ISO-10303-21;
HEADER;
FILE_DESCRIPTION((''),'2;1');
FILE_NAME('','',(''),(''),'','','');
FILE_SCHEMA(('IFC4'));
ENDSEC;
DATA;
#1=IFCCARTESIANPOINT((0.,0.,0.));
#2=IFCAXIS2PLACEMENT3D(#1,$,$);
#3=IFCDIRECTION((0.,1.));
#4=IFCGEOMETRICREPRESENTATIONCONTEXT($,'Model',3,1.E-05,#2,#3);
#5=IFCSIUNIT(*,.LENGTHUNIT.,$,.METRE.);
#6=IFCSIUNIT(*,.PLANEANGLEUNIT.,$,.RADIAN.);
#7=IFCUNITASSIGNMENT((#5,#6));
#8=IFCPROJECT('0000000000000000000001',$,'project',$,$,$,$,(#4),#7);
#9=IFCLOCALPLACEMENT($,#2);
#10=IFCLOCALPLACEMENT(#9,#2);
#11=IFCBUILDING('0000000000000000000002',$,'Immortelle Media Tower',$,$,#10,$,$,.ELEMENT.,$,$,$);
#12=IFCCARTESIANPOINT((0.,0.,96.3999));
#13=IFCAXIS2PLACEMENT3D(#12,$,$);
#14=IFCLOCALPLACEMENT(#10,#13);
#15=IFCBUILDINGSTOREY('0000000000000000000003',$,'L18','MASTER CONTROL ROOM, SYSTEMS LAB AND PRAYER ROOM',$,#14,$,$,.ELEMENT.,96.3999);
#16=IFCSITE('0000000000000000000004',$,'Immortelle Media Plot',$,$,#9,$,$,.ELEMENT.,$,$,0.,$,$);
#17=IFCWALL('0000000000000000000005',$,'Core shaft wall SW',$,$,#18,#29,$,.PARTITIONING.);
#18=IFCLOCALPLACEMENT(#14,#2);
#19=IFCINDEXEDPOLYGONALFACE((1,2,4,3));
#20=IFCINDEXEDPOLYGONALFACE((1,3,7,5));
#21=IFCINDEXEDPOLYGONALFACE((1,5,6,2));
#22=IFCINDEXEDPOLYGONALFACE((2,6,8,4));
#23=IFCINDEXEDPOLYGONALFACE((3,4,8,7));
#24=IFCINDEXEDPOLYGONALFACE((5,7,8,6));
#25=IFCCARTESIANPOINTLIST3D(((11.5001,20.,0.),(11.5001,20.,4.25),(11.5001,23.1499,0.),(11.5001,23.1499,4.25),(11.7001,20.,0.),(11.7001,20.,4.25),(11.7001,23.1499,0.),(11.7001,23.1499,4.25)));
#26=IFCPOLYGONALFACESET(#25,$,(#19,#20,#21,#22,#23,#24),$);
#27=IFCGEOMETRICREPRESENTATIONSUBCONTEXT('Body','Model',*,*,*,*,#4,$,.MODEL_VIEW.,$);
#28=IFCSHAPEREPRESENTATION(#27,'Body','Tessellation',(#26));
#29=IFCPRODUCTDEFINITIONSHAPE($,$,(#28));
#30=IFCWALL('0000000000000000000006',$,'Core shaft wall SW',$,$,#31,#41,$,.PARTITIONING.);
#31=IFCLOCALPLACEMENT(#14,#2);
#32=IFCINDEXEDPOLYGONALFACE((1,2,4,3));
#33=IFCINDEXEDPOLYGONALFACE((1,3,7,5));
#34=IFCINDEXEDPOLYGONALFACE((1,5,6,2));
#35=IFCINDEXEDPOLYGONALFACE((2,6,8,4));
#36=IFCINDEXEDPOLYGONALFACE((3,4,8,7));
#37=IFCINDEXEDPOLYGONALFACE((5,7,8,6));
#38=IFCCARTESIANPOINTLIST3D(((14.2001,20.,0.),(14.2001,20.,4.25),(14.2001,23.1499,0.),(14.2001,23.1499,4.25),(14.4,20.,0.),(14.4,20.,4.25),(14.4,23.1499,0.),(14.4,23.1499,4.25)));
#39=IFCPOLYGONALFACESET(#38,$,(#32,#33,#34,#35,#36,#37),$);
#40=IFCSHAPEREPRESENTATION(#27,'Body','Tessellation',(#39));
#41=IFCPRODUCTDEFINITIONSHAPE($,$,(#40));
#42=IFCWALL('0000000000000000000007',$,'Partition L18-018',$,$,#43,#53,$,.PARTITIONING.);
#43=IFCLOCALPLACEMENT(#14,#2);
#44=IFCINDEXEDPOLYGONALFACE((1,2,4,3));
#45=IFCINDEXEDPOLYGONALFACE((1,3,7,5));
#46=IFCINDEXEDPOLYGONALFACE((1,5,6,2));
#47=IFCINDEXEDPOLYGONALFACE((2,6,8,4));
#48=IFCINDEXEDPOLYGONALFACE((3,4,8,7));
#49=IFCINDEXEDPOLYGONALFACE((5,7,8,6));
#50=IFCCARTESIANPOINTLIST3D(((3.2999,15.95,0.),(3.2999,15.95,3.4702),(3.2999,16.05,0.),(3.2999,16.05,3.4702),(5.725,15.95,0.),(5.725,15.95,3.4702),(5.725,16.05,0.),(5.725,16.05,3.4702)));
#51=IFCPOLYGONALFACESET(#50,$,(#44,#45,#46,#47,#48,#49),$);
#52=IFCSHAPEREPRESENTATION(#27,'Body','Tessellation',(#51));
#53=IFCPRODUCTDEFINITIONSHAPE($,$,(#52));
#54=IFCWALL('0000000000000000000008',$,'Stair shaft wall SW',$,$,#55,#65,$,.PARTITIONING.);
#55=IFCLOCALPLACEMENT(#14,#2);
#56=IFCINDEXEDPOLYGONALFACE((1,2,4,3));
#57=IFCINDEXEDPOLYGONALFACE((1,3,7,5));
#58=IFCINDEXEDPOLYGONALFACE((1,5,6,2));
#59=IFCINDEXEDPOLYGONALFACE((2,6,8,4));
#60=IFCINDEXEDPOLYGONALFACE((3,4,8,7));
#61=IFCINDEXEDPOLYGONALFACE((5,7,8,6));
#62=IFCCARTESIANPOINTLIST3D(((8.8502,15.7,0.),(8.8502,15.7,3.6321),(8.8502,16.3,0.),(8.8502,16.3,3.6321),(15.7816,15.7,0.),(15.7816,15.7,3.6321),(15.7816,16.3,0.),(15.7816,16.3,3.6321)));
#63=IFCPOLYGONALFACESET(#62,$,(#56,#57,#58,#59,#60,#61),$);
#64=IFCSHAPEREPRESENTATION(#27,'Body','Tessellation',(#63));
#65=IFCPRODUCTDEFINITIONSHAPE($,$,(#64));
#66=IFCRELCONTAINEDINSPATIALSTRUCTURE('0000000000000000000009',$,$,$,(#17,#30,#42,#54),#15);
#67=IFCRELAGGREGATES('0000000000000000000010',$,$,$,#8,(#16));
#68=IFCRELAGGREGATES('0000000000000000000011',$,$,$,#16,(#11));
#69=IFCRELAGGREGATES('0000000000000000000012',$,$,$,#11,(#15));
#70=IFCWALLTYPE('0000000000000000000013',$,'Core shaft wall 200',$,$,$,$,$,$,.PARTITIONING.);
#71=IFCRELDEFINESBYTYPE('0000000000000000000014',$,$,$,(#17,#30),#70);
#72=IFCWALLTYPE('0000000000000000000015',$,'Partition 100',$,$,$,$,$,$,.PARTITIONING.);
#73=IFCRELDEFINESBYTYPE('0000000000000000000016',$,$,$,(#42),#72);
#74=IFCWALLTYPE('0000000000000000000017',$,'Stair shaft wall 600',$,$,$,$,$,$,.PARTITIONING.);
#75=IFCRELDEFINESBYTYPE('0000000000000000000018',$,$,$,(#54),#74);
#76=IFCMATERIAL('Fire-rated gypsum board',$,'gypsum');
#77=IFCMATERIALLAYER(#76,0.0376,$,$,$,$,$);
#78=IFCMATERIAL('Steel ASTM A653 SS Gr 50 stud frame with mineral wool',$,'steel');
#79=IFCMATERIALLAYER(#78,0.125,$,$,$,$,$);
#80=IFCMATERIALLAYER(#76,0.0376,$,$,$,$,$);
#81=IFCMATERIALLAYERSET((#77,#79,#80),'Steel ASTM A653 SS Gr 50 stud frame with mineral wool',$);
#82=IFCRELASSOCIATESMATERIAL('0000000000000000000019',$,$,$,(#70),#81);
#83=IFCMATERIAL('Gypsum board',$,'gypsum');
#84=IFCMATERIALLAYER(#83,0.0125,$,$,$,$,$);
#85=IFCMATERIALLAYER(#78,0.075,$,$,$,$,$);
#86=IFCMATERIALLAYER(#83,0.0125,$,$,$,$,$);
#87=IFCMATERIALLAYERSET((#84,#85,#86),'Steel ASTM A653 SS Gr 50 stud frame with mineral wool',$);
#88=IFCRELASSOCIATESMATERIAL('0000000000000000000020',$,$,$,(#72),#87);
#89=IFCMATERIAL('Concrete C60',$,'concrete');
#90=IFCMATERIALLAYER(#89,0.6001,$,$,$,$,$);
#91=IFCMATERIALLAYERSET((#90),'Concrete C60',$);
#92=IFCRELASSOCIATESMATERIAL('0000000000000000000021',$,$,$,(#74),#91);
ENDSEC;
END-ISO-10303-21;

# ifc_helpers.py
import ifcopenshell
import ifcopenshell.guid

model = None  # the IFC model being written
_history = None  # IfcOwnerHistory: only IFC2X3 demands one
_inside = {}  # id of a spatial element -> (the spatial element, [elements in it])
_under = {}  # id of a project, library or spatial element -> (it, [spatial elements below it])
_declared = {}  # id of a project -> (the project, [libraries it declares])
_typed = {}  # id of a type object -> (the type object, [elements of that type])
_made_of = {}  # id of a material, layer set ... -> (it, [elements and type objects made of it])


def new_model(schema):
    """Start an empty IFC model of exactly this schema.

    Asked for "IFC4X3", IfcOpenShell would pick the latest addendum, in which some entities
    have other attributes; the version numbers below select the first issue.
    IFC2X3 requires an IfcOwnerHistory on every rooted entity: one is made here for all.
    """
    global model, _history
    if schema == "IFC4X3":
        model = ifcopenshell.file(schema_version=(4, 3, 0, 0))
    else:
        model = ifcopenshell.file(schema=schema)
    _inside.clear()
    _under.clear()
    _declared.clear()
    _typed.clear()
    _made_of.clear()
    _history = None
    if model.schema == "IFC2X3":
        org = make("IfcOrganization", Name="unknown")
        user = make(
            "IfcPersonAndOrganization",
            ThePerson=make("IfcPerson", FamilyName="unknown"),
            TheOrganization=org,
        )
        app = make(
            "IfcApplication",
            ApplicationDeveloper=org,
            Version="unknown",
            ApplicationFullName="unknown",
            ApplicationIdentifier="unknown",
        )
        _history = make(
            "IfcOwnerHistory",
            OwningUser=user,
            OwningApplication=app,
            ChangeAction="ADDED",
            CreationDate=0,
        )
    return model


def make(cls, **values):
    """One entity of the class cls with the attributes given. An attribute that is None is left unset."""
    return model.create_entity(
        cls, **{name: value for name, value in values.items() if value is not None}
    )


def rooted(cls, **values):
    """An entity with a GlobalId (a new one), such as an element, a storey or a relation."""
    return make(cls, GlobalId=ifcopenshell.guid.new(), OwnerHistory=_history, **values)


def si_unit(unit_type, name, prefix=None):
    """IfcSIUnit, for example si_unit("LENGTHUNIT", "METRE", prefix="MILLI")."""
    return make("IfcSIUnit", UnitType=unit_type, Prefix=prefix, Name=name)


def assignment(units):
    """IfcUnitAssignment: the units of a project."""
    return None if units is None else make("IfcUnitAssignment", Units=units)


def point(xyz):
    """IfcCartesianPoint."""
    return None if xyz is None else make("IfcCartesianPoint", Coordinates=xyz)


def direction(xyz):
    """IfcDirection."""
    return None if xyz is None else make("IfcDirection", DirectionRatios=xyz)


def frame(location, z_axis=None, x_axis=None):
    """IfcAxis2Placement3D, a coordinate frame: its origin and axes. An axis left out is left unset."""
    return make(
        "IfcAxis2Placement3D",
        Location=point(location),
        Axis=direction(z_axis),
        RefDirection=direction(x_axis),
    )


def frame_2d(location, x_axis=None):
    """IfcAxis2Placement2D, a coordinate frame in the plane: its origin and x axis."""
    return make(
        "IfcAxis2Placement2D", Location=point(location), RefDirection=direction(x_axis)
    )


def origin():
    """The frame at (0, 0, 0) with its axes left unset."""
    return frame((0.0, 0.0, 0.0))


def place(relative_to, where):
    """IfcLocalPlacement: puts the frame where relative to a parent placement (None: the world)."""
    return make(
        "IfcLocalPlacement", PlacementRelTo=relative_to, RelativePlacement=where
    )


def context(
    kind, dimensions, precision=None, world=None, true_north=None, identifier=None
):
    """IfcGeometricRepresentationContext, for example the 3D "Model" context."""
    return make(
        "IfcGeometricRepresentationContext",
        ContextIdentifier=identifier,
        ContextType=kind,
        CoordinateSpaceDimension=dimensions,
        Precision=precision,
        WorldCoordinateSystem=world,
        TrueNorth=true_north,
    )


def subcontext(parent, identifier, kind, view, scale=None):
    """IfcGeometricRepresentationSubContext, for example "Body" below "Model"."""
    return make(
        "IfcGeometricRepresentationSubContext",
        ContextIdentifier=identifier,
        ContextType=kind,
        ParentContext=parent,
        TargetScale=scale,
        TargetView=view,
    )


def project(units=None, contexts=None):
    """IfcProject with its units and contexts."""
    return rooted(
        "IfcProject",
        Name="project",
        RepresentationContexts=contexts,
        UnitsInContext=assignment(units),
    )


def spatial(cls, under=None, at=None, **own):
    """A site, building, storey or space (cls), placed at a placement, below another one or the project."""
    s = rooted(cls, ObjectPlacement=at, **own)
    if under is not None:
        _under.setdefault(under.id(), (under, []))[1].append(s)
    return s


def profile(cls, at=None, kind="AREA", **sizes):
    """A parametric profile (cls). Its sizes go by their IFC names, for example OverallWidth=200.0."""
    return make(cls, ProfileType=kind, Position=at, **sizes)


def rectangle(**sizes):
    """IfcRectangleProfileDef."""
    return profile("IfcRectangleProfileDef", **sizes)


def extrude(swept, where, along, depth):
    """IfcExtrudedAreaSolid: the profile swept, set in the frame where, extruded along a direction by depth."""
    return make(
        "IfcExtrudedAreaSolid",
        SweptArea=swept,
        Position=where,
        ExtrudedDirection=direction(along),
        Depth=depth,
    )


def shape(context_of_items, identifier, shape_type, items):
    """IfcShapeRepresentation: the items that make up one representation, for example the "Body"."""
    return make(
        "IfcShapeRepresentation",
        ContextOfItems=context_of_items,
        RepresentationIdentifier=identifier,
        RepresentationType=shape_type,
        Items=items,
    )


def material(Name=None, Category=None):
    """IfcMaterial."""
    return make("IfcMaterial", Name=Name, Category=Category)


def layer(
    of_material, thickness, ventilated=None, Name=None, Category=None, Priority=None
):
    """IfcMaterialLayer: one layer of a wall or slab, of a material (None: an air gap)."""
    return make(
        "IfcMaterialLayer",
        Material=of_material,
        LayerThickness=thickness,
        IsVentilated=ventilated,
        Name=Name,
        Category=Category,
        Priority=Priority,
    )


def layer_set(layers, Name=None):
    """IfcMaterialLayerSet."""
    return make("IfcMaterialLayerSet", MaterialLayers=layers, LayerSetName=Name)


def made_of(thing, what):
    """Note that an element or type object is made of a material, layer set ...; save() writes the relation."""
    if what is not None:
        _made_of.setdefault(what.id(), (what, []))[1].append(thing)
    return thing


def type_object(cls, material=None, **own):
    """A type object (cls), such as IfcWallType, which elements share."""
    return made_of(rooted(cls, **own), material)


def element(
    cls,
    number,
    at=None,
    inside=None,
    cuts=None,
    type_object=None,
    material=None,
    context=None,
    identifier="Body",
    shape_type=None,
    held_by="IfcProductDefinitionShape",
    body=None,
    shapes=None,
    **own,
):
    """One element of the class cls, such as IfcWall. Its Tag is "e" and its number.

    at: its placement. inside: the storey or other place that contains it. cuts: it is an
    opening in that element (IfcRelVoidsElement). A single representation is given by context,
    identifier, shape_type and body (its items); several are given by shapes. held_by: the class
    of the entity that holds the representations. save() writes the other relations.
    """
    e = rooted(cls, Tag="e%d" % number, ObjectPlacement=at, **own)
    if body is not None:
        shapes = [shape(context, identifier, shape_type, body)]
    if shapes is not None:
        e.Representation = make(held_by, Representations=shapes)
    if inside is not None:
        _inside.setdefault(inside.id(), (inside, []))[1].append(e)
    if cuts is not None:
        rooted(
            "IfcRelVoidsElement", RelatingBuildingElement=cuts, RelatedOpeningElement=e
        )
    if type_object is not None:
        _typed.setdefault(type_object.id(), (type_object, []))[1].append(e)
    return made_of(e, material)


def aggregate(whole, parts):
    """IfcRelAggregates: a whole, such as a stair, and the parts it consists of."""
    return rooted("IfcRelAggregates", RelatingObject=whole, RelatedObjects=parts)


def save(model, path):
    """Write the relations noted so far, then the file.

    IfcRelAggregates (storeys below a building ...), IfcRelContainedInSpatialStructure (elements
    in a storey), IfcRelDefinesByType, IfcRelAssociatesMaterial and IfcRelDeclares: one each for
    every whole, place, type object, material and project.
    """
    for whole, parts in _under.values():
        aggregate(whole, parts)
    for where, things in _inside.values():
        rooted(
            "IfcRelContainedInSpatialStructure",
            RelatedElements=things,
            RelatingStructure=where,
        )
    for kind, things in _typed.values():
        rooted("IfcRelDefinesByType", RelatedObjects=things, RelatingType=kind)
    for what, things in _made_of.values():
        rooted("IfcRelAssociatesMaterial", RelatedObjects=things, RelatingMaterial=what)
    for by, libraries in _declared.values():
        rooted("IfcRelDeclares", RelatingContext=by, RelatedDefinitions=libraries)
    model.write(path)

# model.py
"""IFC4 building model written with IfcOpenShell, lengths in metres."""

from ifc_helpers import new_model, si_unit, direction, frame, frame_2d, origin, place, context, subcontext, project, spatial, rectangle, extrude, material, layer, layer_set, type_object, element, save


model = new_model("IFC4")

# Units and contexts
model_context = context("Model", 3, precision=1e-05, world=origin(), true_north=direction((0.0, 1.0)))
body_context = subcontext(model_context, "Body", "Model", "MODEL_VIEW")
ifc_project = project(units=[si_unit("LENGTHUNIT", "METRE"), si_unit("PLANEANGLEUNIT", "RADIAN")], contexts=[model_context])

# Site, building, storey
site_placement = place(None, origin())
site = spatial("IfcSite", under=ifc_project, at=site_placement, Name="Immortelle Media Plot", CompositionType="ELEMENT", RefElevation=0.0)
building_placement = place(site_placement, origin())
building = spatial("IfcBuilding", under=site, at=building_placement, Name="Immortelle Media Tower", CompositionType="ELEMENT")
storey_placement = place(building_placement, frame((0.0, 0.0, 96.3999)))
storey = spatial("IfcBuildingStorey", under=building, at=storey_placement, Name="L18", Description="MASTER CONTROL ROOM, SYSTEMS LAB AND PRAYER ROOM", CompositionType="ELEMENT", Elevation=96.3999)

# Shared definitions
ifc_material_1 = material(Name="Fire-rated gypsum board", Category="gypsum")
ifc_material_2 = material(Name="Steel ASTM A653 SS Gr 50 stud frame with mineral wool", Category="steel")
ifc_layer_1 = layer(ifc_material_1, 0.0376)
ifc_layer_2 = layer(ifc_material_2, 0.125)
ifc_layer_3 = layer(ifc_material_1, 0.0376)
ifc_layer_set_1 = layer_set([ifc_layer_1, ifc_layer_2, ifc_layer_3], Name="Steel ASTM A653 SS Gr 50 stud frame with mineral wool")
wall_type_1 = type_object("IfcWallType", Name="Core shaft wall 200", PredefinedType="PARTITIONING", material=ifc_layer_set_1)

# Walls
for number, where, z_axis, x_axis, name in (
    (1, (11.6001, 20.0, 0.0), (0.0, 0.0, 1.0), (0.0, 1.0, 0.0), "Core shaft wall SW"),
    (2, (14.3, 20.0, 0.0), (0.0, 0.0, 1.0), (0.0, 1.0, 0.0), "Core shaft wall SW"),
):
    element("IfcWall", number, at=place(storey_placement, frame(where, z_axis=z_axis, x_axis=x_axis)), inside=storey, type_object=wall_type_1, Name=name, PredefinedType="PARTITIONING", context=body_context, shape_type="SweptSolid", body=[
        extrude(rectangle(XDim=3.1499, YDim=0.2, at=frame_2d((1.575, 0.0))), origin(), (0.0, 0.0, 1.0), 4.25),
    ])
ifc_material_3 = material(Name="Gypsum board", Category="gypsum")
ifc_layer_4 = layer(ifc_material_3, 0.0125)
ifc_layer_5 = layer(ifc_material_2, 0.075)
ifc_layer_6 = layer(ifc_material_3, 0.0125)
ifc_layer_set_2 = layer_set([ifc_layer_4, ifc_layer_5, ifc_layer_6], Name="Steel ASTM A653 SS Gr 50 stud frame with mineral wool")
wall_type_2 = type_object("IfcWallType", Name="Partition 100", PredefinedType="PARTITIONING", material=ifc_layer_set_2)
wall_1_placement = place(storey_placement, frame((3.3, 16.0, 0.0), z_axis=(0.0, 0.0, 1.0), x_axis=(1.0, 0.0, 0.0)))
element("IfcWall", 3, at=wall_1_placement, inside=storey, type_object=wall_type_2, Name="Partition L18-018", PredefinedType="PARTITIONING", context=body_context, shape_type="SweptSolid", body=[
    extrude(rectangle(XDim=2.425, YDim=0.1001, at=frame_2d((1.2124, 0.0))), origin(), (0.0, 0.0, 1.0), 3.4702),
])
ifc_material_4 = material(Name="Concrete C60", Category="concrete")
ifc_layer_7 = layer(ifc_material_4, 0.6001)
ifc_layer_set_3 = layer_set([ifc_layer_7], Name="Concrete C60")
wall_type_3 = type_object("IfcWallType", Name="Stair shaft wall 600", PredefinedType="PARTITIONING", material=ifc_layer_set_3)
wall_2_placement = place(storey_placement, frame((8.8501, 16.0, 0.0), z_axis=(0.0, 0.0, 1.0), x_axis=(1.0, 0.0, 0.0)))
element("IfcWall", 4, at=wall_2_placement, inside=storey, type_object=wall_type_3, Name="Stair shaft wall SW", PredefinedType="PARTITIONING", context=body_context, shape_type="SweptSolid", body=[
    extrude(rectangle(XDim=6.9314, YDim=0.6001, at=frame_2d((3.4658, 0.0))), origin(), (0.0, 0.0, 1.0), 3.6321),
])

save(model, "model.ifc")
